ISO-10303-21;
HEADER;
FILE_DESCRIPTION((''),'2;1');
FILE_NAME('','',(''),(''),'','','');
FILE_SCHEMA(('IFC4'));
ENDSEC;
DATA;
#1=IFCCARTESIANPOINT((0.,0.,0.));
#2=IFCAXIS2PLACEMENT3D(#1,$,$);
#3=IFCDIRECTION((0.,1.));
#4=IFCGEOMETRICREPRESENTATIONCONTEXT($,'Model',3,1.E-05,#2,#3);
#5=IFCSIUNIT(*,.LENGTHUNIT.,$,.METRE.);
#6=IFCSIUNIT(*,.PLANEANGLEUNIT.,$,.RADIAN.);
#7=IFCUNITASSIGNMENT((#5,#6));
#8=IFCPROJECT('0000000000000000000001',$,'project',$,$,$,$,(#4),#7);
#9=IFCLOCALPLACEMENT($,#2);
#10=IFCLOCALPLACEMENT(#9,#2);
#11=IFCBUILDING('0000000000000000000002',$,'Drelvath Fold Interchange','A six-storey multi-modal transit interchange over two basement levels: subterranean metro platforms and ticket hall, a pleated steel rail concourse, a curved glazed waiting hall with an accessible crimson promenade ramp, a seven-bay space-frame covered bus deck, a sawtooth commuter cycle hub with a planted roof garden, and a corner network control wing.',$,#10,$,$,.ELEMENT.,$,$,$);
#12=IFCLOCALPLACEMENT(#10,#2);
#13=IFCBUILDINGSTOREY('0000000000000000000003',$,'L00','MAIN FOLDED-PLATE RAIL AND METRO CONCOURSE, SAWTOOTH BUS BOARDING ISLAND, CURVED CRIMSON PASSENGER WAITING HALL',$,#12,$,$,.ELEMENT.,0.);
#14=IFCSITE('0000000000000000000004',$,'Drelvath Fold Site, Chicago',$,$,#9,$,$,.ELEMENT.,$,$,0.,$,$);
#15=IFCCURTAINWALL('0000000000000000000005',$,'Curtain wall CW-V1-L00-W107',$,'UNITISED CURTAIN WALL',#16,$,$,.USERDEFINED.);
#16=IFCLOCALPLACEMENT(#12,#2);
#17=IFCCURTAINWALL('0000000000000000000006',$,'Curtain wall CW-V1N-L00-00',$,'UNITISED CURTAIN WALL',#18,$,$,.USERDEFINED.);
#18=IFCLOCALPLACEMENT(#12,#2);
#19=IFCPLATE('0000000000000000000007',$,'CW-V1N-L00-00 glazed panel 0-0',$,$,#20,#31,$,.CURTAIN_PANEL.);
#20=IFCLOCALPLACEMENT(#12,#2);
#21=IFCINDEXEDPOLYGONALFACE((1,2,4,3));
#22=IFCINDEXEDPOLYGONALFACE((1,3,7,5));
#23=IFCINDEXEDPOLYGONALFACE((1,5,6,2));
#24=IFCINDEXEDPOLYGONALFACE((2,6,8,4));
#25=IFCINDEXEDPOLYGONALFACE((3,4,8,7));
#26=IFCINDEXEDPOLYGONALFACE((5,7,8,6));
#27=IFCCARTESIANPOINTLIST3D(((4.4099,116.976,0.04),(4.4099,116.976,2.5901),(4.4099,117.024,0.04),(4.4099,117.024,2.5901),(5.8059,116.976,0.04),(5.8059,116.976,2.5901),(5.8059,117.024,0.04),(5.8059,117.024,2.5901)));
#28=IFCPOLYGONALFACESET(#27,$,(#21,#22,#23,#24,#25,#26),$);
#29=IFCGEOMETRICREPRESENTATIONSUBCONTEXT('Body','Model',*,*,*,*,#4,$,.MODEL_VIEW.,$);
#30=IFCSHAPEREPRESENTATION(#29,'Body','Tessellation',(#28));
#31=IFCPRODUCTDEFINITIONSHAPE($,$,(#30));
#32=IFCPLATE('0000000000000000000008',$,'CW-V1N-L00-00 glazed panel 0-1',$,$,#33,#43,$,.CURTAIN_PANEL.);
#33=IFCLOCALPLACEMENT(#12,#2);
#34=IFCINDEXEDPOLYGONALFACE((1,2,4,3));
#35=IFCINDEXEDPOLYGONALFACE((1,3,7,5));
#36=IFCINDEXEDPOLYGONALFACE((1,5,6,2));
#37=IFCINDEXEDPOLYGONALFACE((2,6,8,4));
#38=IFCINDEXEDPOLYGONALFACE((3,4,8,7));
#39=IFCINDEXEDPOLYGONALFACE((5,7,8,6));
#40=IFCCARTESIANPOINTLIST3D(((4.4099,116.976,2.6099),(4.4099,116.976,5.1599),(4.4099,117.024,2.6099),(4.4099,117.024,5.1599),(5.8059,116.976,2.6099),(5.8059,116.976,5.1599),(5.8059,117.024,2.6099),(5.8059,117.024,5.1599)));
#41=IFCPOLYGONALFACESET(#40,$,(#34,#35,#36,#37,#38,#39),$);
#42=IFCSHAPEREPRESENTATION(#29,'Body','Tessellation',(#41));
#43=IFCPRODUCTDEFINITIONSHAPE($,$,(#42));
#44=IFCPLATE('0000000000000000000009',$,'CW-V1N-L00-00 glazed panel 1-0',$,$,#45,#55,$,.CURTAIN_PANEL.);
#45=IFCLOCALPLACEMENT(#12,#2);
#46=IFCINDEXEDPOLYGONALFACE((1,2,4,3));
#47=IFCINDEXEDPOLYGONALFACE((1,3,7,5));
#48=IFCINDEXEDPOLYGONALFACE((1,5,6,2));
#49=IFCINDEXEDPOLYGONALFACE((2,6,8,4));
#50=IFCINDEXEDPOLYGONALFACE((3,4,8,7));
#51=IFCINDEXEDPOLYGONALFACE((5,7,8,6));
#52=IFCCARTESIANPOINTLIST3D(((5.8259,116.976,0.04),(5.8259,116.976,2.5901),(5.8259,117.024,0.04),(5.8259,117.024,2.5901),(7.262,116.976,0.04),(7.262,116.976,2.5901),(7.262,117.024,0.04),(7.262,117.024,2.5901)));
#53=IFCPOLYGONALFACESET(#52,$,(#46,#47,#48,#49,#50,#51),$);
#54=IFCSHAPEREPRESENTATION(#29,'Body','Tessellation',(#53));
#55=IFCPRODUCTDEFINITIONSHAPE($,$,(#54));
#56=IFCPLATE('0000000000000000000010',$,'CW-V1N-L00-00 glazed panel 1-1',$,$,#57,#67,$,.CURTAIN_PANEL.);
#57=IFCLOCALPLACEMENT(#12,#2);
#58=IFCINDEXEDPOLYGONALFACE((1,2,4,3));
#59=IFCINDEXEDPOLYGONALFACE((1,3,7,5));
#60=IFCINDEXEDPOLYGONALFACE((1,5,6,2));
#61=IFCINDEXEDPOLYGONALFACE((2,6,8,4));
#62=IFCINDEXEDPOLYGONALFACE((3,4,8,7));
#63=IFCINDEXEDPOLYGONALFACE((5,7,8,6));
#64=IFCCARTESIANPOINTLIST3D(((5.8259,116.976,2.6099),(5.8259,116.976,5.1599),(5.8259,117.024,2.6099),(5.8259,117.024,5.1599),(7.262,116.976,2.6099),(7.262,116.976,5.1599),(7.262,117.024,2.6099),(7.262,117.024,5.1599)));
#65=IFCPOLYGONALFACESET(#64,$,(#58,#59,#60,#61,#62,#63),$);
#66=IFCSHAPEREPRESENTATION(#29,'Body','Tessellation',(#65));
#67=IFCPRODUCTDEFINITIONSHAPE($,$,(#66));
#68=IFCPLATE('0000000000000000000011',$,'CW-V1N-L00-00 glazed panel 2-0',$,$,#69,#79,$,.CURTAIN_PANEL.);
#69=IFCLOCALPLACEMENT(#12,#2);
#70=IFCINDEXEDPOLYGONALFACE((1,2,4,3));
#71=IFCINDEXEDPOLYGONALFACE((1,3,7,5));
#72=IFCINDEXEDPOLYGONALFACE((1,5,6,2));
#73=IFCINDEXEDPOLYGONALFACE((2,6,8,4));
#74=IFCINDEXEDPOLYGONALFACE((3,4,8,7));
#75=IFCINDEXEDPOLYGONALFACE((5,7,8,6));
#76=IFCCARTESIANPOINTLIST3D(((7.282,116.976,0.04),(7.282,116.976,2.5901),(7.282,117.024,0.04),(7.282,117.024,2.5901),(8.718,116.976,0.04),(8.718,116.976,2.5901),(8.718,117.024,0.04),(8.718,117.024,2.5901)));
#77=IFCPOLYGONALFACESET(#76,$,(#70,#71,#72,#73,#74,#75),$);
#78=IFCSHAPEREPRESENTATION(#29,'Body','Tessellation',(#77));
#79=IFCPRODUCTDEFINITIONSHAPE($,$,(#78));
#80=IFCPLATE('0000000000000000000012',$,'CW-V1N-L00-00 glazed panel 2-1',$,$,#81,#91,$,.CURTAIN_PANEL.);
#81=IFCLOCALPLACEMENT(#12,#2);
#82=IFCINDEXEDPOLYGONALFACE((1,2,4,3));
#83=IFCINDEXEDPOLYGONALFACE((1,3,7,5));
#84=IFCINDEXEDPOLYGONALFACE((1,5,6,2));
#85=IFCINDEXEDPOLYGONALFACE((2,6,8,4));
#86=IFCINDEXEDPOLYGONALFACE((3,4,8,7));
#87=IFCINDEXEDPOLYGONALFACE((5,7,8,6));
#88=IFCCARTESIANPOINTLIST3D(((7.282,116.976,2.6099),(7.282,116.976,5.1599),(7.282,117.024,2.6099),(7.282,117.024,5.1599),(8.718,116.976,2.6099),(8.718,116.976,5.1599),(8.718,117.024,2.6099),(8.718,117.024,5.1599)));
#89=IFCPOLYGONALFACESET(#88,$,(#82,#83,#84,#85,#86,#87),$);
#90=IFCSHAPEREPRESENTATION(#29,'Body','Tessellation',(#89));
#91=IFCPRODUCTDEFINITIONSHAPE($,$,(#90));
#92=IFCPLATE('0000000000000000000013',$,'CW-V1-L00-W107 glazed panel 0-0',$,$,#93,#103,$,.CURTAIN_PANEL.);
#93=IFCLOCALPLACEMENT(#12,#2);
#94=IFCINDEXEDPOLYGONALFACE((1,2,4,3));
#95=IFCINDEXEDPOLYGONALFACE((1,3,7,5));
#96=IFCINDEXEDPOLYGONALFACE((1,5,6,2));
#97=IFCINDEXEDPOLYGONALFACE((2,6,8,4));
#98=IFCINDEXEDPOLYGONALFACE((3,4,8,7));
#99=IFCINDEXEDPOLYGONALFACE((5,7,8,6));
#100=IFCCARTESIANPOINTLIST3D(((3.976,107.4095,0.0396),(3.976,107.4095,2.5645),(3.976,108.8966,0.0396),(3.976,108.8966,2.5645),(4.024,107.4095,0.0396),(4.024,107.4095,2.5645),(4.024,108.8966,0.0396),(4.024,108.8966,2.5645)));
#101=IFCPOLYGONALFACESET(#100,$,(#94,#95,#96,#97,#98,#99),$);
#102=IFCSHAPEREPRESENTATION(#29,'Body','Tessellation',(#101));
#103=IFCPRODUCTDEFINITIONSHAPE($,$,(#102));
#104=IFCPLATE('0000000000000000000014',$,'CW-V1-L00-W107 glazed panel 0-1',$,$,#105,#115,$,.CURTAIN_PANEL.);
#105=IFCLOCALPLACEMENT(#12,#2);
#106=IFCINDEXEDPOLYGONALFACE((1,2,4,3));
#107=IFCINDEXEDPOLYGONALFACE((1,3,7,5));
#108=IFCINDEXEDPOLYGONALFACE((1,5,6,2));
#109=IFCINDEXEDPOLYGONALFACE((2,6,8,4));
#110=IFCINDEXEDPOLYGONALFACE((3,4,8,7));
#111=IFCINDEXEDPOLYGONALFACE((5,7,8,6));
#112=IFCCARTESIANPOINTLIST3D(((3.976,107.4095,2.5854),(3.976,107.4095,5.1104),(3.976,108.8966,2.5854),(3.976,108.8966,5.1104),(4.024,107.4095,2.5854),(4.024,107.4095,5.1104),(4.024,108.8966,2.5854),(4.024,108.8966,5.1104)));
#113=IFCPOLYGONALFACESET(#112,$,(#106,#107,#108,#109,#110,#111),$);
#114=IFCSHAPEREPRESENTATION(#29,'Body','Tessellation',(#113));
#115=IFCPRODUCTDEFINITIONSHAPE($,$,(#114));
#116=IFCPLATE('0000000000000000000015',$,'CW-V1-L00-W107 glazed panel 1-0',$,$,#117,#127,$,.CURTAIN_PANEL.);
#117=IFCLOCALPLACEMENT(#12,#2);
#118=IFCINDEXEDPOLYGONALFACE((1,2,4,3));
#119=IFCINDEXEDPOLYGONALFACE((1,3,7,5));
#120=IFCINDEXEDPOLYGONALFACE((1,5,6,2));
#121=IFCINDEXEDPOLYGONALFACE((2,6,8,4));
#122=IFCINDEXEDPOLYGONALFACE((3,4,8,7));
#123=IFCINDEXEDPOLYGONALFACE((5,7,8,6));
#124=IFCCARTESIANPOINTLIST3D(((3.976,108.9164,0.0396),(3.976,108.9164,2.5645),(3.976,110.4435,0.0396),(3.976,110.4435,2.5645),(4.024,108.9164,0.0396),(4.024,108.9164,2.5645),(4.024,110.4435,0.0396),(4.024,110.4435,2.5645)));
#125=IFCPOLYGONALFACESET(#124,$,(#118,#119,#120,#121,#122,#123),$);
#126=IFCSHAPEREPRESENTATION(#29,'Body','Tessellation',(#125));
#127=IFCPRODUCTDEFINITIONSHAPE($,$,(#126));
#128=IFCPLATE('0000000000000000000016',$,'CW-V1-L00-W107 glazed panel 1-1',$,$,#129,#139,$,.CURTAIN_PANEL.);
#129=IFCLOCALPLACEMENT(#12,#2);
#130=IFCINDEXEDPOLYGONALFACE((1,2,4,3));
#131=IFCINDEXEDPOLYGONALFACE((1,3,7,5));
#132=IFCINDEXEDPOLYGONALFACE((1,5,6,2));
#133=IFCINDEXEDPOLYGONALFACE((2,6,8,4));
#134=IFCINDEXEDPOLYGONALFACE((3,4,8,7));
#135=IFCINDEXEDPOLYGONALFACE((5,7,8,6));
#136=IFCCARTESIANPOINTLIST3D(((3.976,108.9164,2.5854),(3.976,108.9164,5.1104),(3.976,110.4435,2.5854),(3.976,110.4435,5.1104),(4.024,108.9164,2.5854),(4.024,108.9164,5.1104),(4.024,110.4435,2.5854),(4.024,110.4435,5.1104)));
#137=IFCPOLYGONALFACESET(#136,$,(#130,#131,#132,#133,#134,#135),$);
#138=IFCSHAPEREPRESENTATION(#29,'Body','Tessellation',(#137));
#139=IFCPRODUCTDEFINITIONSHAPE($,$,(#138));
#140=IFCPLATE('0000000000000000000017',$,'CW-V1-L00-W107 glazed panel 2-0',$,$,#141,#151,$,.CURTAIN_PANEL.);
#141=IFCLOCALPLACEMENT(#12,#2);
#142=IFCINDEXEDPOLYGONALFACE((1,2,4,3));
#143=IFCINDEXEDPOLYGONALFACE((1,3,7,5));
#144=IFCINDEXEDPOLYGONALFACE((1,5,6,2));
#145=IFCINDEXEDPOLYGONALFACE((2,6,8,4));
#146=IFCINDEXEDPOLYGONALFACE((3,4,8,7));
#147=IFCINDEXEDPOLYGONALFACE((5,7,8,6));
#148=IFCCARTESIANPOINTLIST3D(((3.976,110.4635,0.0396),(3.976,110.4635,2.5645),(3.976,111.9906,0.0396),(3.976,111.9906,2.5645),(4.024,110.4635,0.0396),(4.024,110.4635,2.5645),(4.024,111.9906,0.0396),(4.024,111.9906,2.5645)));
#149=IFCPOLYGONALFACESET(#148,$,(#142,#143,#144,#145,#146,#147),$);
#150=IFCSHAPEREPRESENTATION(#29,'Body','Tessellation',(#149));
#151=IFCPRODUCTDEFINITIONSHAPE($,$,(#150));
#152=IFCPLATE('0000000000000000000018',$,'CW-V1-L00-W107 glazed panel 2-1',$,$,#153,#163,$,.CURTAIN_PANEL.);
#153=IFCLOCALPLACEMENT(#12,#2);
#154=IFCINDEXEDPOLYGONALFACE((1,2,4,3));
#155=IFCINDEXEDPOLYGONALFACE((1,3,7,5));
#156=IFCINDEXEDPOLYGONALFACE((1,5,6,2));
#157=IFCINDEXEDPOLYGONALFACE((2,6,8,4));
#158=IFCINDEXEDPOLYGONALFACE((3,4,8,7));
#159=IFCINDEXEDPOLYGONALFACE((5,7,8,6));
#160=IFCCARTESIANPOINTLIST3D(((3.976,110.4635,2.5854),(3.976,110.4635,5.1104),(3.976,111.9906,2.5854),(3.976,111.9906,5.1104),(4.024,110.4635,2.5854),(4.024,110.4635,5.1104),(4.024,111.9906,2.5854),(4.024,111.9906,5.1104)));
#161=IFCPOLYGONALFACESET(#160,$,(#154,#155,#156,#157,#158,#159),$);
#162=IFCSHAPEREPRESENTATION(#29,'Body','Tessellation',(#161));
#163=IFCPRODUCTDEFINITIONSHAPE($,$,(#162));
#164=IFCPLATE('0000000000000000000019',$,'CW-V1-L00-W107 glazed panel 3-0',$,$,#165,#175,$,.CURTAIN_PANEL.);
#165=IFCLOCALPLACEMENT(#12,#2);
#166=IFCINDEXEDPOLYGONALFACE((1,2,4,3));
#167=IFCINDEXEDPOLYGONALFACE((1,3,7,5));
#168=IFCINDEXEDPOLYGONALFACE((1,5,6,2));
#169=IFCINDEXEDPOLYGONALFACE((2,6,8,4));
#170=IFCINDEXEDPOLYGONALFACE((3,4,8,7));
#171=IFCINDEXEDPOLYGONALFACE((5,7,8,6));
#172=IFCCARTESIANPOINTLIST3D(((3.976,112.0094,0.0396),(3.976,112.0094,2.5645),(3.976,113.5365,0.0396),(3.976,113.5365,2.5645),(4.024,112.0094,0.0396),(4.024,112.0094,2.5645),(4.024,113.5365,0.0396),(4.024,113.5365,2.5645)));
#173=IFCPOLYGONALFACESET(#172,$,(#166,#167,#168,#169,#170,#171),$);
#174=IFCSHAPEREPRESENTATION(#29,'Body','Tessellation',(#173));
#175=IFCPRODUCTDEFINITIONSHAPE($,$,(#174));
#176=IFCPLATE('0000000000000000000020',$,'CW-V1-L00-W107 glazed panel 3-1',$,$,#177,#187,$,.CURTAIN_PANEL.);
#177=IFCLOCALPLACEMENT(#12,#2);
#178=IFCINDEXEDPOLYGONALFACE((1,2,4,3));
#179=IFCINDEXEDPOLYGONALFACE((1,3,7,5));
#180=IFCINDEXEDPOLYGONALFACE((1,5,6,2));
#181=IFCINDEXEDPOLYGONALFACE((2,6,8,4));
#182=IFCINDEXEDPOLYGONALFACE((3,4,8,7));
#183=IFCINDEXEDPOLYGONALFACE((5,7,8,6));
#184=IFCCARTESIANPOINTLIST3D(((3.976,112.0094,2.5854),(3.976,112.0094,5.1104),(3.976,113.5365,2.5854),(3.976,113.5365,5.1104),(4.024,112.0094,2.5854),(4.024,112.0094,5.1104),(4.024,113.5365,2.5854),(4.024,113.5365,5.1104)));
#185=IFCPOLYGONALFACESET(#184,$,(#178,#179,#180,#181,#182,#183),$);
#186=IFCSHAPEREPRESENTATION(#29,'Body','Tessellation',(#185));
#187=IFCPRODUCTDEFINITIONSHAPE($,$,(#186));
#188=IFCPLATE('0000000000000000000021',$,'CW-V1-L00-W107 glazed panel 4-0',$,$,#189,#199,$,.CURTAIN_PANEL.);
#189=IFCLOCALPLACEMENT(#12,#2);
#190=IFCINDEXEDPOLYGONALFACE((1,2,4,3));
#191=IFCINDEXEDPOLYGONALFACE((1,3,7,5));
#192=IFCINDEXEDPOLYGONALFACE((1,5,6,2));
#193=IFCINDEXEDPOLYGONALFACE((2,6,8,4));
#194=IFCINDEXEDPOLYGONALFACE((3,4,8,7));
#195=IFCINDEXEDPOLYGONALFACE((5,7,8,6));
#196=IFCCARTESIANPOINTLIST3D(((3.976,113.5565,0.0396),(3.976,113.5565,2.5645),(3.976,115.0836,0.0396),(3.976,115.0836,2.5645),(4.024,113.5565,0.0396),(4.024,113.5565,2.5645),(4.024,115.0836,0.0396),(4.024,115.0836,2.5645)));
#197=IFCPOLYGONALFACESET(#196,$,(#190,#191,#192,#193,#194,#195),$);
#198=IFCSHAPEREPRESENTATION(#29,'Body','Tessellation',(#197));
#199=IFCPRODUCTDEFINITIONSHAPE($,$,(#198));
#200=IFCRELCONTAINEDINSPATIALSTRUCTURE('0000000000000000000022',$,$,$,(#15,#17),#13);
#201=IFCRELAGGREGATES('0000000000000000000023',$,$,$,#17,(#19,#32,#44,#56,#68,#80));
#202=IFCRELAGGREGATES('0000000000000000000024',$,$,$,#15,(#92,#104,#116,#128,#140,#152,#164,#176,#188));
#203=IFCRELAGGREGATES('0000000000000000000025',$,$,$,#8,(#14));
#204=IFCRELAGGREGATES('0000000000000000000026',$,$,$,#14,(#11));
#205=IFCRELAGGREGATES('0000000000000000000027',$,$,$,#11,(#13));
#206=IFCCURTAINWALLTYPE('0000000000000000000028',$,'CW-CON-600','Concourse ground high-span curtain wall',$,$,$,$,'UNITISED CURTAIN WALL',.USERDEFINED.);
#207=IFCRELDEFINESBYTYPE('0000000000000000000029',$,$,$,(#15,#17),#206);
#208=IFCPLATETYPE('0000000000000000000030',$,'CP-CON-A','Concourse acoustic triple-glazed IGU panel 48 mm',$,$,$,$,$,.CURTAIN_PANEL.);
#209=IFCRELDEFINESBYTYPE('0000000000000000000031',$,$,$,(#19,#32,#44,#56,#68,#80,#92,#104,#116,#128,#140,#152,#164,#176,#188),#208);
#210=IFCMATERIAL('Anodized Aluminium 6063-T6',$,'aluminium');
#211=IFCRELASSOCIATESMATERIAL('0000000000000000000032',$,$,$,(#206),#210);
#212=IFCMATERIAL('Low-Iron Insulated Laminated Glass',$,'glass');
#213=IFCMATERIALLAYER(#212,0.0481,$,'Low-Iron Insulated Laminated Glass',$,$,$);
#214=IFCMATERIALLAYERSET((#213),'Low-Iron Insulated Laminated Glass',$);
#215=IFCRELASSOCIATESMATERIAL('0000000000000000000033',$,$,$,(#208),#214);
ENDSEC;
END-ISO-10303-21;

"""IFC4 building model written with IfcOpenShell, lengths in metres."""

from ifc_helpers import new_model, si_unit, direction, frame, origin, origin_2d, place, context, subcontext, project, spatial, rectangle, extrude, material, layer, layer_set, type_object, element, aggregate, save


model = new_model("IFC4")

# Units and contexts
model_context = context("Model", 3, precision=1e-05, world=origin(), true_north=direction((0.0, 1.0)))
body_context = subcontext(model_context, "Body", "Model", "MODEL_VIEW")
ifc_project = project(units=[si_unit("LENGTHUNIT", "METRE"), si_unit("PLANEANGLEUNIT", "RADIAN")], contexts=[model_context])

# Site, building, storey
site_placement = place(None, origin())
site = spatial("IfcSite", under=ifc_project, at=site_placement, Name="Drelvath Fold Site, Chicago", CompositionType="ELEMENT", RefElevation=0.0)
building_placement = place(site_placement, origin())
building = spatial("IfcBuilding", under=site, at=building_placement, Name="Drelvath Fold Interchange", Description="A six-storey multi-modal transit interchange over two basement levels: subterranean metro platforms and ticket hall, a pleated steel rail concourse, a curved glazed waiting hall with an accessible crimson promenade ramp, a seven-bay space-frame covered bus deck, a sawtooth commuter cycle hub with a planted roof garden, and a corner network control wing.", CompositionType="ELEMENT")
storey_placement = place(building_placement, origin())
storey = spatial("IfcBuildingStorey", under=building, at=storey_placement, Name="L00", Description="MAIN FOLDED-PLATE RAIL AND METRO CONCOURSE, SAWTOOTH BUS BOARDING ISLAND, CURVED CRIMSON PASSENGER WAITING HALL", CompositionType="ELEMENT", Elevation=0.0)

# Curtain walls
ifc_material_1 = material(Name="Anodized Aluminium 6063-T6", Category="aluminium")
curtain_wall_type = type_object("IfcCurtainWallType", Name="CW-CON-600", Description="Concourse ground high-span curtain wall", ElementType="UNITISED CURTAIN WALL", PredefinedType="USERDEFINED", material=ifc_material_1)
curtain_wall_1_placement = place(storey_placement, origin())
curtain_wall_1 = element("IfcCurtainWall", 1, at=curtain_wall_1_placement, inside=storey, type_object=curtain_wall_type, Name="Curtain wall CW-V1-L00-W107", ObjectType="UNITISED CURTAIN WALL", PredefinedType="USERDEFINED")
curtain_wall_2_placement = place(storey_placement, origin())
curtain_wall_2 = element("IfcCurtainWall", 2, at=curtain_wall_2_placement, inside=storey, type_object=curtain_wall_type, Name="Curtain wall CW-V1N-L00-00", ObjectType="UNITISED CURTAIN WALL", PredefinedType="USERDEFINED")

# Plates
ifc_material_2 = material(Name="Low-Iron Insulated Laminated Glass", Category="glass")
ifc_layer_1 = layer(ifc_material_2, 0.0481, Name="Low-Iron Insulated Laminated Glass")
ifc_layer_set_1 = layer_set([ifc_layer_1], Name="Low-Iron Insulated Laminated Glass")
plate_type = type_object("IfcPlateType", Name="CP-CON-A", Description="Concourse acoustic triple-glazed IGU panel 48 mm", PredefinedType="CURTAIN_PANEL", material=ifc_layer_set_1)
plate_1_placement = place(storey_placement, frame((5.1079, 117.0, 0.04), z_axis=(0.0, 0.0, 1.0), x_axis=(1.0, 0.0, 0.0)))
plate_1 = element("IfcPlate", 3, at=plate_1_placement, type_object=plate_type, Name="CW-V1N-L00-00 glazed panel 0-0", PredefinedType="CURTAIN_PANEL", context=body_context, shape_type="SweptSolid", body=[
    extrude(rectangle(XDim=1.396, YDim=0.0481, at=origin_2d()), origin(), (0.0, 0.0, 1.0), 2.55),
])
plate_2_placement = place(storey_placement, frame((5.1079, 117.0, 2.6099), z_axis=(0.0, 0.0, 1.0), x_axis=(1.0, 0.0, 0.0)))
plate_2 = element("IfcPlate", 4, at=plate_2_placement, type_object=plate_type, Name="CW-V1N-L00-00 glazed panel 0-1", PredefinedType="CURTAIN_PANEL", context=body_context, shape_type="SweptSolid", body=[
    extrude(rectangle(XDim=1.396, YDim=0.0481, at=origin_2d()), origin(), (0.0, 0.0, 1.0), 2.55),
])
plate_3_placement = place(storey_placement, frame((6.5439, 117.0, 0.04), z_axis=(0.0, 0.0, 1.0), x_axis=(1.0, 0.0, 0.0)))
plate_3 = element("IfcPlate", 5, at=plate_3_placement, type_object=plate_type, Name="CW-V1N-L00-00 glazed panel 1-0", PredefinedType="CURTAIN_PANEL", context=body_context, shape_type="SweptSolid", body=[
    extrude(rectangle(XDim=1.436, YDim=0.0481, at=origin_2d()), origin(), (0.0, 0.0, 1.0), 2.55),
])
plate_4_placement = place(storey_placement, frame((6.5439, 117.0, 2.6099), z_axis=(0.0, 0.0, 1.0), x_axis=(1.0, 0.0, 0.0)))
plate_4 = element("IfcPlate", 6, at=plate_4_placement, type_object=plate_type, Name="CW-V1N-L00-00 glazed panel 1-1", PredefinedType="CURTAIN_PANEL", context=body_context, shape_type="SweptSolid", body=[
    extrude(rectangle(XDim=1.436, YDim=0.0481, at=origin_2d()), origin(), (0.0, 0.0, 1.0), 2.55),
])
plate_5_placement = place(storey_placement, frame((8.0, 117.0, 0.04), z_axis=(0.0, 0.0, 1.0), x_axis=(1.0, 0.0, 0.0)))
plate_5 = element("IfcPlate", 7, at=plate_5_placement, type_object=plate_type, Name="CW-V1N-L00-00 glazed panel 2-0", PredefinedType="CURTAIN_PANEL", context=body_context, shape_type="SweptSolid", body=[
    extrude(rectangle(XDim=1.436, YDim=0.0481, at=origin_2d()), origin(), (0.0, 0.0, 1.0), 2.55),
])
plate_6_placement = place(storey_placement, frame((8.0, 117.0, 2.6099), z_axis=(0.0, 0.0, 1.0), x_axis=(1.0, 0.0, 0.0)))
plate_6 = element("IfcPlate", 8, at=plate_6_placement, type_object=plate_type, Name="CW-V1N-L00-00 glazed panel 2-1", PredefinedType="CURTAIN_PANEL", context=body_context, shape_type="SweptSolid", body=[
    extrude(rectangle(XDim=1.436, YDim=0.0481, at=origin_2d()), origin(), (0.0, 0.0, 1.0), 2.55),
])
aggregate(curtain_wall_2, [plate_1, plate_2, plate_3, plate_4, plate_5, plate_6])
plate_7_placement = place(storey_placement, frame((4.0, 108.1531, 0.0396), z_axis=(0.0, 0.0, 1.0), x_axis=(0.0, 1.0, 0.0)))
plate_7 = element("IfcPlate", 9, at=plate_7_placement, type_object=plate_type, Name="CW-V1-L00-W107 glazed panel 0-0", PredefinedType="CURTAIN_PANEL", context=body_context, shape_type="SweptSolid", body=[
    extrude(rectangle(XDim=1.4871, YDim=0.0481, at=origin_2d()), origin(), (0.0, 0.0, 1.0), 2.5249),
])
plate_8_placement = place(storey_placement, frame((4.0, 108.1531, 2.5854), z_axis=(0.0, 0.0, 1.0), x_axis=(0.0, 1.0, 0.0)))
plate_8 = element("IfcPlate", 10, at=plate_8_placement, type_object=plate_type, Name="CW-V1-L00-W107 glazed panel 0-1", PredefinedType="CURTAIN_PANEL", context=body_context, shape_type="SweptSolid", body=[
    extrude(rectangle(XDim=1.4871, YDim=0.0481, at=origin_2d()), origin(), (0.0, 0.0, 1.0), 2.5249),
])
plate_9_placement = place(storey_placement, frame((4.0, 109.6799, 0.0396), z_axis=(0.0, 0.0, 1.0), x_axis=(0.0, 1.0, 0.0)))
plate_9 = element("IfcPlate", 11, at=plate_9_placement, type_object=plate_type, Name="CW-V1-L00-W107 glazed panel 1-0", PredefinedType="CURTAIN_PANEL", context=body_context, shape_type="SweptSolid", body=[
    extrude(rectangle(XDim=1.5271, YDim=0.0481, at=origin_2d()), origin(), (0.0, 0.0, 1.0), 2.5249),
])
plate_10_placement = place(storey_placement, frame((4.0, 109.6799, 2.5854), z_axis=(0.0, 0.0, 1.0), x_axis=(0.0, 1.0, 0.0)))
plate_10 = element("IfcPlate", 12, at=plate_10_placement, type_object=plate_type, Name="CW-V1-L00-W107 glazed panel 1-1", PredefinedType="CURTAIN_PANEL", context=body_context, shape_type="SweptSolid", body=[
    extrude(rectangle(XDim=1.5271, YDim=0.0481, at=origin_2d()), origin(), (0.0, 0.0, 1.0), 2.5249),
])
plate_11_placement = place(storey_placement, frame((4.0, 111.2271, 0.0396), z_axis=(0.0, 0.0, 1.0), x_axis=(0.0, 1.0, 0.0)))
plate_11 = element("IfcPlate", 13, at=plate_11_placement, type_object=plate_type, Name="CW-V1-L00-W107 glazed panel 2-0", PredefinedType="CURTAIN_PANEL", context=body_context, shape_type="SweptSolid", body=[
    extrude(rectangle(XDim=1.5271, YDim=0.0481, at=origin_2d()), origin(), (0.0, 0.0, 1.0), 2.5249),
])
plate_12_placement = place(storey_placement, frame((4.0, 111.2271, 2.5854), z_axis=(0.0, 0.0, 1.0), x_axis=(0.0, 1.0, 0.0)))
plate_12 = element("IfcPlate", 14, at=plate_12_placement, type_object=plate_type, Name="CW-V1-L00-W107 glazed panel 2-1", PredefinedType="CURTAIN_PANEL", context=body_context, shape_type="SweptSolid", body=[
    extrude(rectangle(XDim=1.5271, YDim=0.0481, at=origin_2d()), origin(), (0.0, 0.0, 1.0), 2.5249),
])
plate_13_placement = place(storey_placement, frame((4.0, 112.7729, 0.0396), z_axis=(0.0, 0.0, 1.0), x_axis=(0.0, 1.0, 0.0)))
plate_13 = element("IfcPlate", 15, at=plate_13_placement, type_object=plate_type, Name="CW-V1-L00-W107 glazed panel 3-0", PredefinedType="CURTAIN_PANEL", context=body_context, shape_type="SweptSolid", body=[
    extrude(rectangle(XDim=1.5271, YDim=0.0481, at=origin_2d()), origin(), (0.0, 0.0, 1.0), 2.5249),
])
plate_14_placement = place(storey_placement, frame((4.0, 112.7729, 2.5854), z_axis=(0.0, 0.0, 1.0), x_axis=(0.0, 1.0, 0.0)))
plate_14 = element("IfcPlate", 16, at=plate_14_placement, type_object=plate_type, Name="CW-V1-L00-W107 glazed panel 3-1", PredefinedType="CURTAIN_PANEL", context=body_context, shape_type="SweptSolid", body=[
    extrude(rectangle(XDim=1.5271, YDim=0.0481, at=origin_2d()), origin(), (0.0, 0.0, 1.0), 2.5249),
])
plate_15_placement = place(storey_placement, frame((4.0, 114.3201, 0.0396), z_axis=(0.0, 0.0, 1.0), x_axis=(0.0, 1.0, 0.0)))
plate_15 = element("IfcPlate", 17, at=plate_15_placement, type_object=plate_type, Name="CW-V1-L00-W107 glazed panel 4-0", PredefinedType="CURTAIN_PANEL", context=body_context, shape_type="SweptSolid", body=[
    extrude(rectangle(XDim=1.5271, YDim=0.0481, at=origin_2d()), origin(), (0.0, 0.0, 1.0), 2.5249),
])
aggregate(curtain_wall_1, [plate_7, plate_8, plate_9, plate_10, plate_11, plate_12, plate_13, plate_14, plate_15])

save(model, "model.ifc")
